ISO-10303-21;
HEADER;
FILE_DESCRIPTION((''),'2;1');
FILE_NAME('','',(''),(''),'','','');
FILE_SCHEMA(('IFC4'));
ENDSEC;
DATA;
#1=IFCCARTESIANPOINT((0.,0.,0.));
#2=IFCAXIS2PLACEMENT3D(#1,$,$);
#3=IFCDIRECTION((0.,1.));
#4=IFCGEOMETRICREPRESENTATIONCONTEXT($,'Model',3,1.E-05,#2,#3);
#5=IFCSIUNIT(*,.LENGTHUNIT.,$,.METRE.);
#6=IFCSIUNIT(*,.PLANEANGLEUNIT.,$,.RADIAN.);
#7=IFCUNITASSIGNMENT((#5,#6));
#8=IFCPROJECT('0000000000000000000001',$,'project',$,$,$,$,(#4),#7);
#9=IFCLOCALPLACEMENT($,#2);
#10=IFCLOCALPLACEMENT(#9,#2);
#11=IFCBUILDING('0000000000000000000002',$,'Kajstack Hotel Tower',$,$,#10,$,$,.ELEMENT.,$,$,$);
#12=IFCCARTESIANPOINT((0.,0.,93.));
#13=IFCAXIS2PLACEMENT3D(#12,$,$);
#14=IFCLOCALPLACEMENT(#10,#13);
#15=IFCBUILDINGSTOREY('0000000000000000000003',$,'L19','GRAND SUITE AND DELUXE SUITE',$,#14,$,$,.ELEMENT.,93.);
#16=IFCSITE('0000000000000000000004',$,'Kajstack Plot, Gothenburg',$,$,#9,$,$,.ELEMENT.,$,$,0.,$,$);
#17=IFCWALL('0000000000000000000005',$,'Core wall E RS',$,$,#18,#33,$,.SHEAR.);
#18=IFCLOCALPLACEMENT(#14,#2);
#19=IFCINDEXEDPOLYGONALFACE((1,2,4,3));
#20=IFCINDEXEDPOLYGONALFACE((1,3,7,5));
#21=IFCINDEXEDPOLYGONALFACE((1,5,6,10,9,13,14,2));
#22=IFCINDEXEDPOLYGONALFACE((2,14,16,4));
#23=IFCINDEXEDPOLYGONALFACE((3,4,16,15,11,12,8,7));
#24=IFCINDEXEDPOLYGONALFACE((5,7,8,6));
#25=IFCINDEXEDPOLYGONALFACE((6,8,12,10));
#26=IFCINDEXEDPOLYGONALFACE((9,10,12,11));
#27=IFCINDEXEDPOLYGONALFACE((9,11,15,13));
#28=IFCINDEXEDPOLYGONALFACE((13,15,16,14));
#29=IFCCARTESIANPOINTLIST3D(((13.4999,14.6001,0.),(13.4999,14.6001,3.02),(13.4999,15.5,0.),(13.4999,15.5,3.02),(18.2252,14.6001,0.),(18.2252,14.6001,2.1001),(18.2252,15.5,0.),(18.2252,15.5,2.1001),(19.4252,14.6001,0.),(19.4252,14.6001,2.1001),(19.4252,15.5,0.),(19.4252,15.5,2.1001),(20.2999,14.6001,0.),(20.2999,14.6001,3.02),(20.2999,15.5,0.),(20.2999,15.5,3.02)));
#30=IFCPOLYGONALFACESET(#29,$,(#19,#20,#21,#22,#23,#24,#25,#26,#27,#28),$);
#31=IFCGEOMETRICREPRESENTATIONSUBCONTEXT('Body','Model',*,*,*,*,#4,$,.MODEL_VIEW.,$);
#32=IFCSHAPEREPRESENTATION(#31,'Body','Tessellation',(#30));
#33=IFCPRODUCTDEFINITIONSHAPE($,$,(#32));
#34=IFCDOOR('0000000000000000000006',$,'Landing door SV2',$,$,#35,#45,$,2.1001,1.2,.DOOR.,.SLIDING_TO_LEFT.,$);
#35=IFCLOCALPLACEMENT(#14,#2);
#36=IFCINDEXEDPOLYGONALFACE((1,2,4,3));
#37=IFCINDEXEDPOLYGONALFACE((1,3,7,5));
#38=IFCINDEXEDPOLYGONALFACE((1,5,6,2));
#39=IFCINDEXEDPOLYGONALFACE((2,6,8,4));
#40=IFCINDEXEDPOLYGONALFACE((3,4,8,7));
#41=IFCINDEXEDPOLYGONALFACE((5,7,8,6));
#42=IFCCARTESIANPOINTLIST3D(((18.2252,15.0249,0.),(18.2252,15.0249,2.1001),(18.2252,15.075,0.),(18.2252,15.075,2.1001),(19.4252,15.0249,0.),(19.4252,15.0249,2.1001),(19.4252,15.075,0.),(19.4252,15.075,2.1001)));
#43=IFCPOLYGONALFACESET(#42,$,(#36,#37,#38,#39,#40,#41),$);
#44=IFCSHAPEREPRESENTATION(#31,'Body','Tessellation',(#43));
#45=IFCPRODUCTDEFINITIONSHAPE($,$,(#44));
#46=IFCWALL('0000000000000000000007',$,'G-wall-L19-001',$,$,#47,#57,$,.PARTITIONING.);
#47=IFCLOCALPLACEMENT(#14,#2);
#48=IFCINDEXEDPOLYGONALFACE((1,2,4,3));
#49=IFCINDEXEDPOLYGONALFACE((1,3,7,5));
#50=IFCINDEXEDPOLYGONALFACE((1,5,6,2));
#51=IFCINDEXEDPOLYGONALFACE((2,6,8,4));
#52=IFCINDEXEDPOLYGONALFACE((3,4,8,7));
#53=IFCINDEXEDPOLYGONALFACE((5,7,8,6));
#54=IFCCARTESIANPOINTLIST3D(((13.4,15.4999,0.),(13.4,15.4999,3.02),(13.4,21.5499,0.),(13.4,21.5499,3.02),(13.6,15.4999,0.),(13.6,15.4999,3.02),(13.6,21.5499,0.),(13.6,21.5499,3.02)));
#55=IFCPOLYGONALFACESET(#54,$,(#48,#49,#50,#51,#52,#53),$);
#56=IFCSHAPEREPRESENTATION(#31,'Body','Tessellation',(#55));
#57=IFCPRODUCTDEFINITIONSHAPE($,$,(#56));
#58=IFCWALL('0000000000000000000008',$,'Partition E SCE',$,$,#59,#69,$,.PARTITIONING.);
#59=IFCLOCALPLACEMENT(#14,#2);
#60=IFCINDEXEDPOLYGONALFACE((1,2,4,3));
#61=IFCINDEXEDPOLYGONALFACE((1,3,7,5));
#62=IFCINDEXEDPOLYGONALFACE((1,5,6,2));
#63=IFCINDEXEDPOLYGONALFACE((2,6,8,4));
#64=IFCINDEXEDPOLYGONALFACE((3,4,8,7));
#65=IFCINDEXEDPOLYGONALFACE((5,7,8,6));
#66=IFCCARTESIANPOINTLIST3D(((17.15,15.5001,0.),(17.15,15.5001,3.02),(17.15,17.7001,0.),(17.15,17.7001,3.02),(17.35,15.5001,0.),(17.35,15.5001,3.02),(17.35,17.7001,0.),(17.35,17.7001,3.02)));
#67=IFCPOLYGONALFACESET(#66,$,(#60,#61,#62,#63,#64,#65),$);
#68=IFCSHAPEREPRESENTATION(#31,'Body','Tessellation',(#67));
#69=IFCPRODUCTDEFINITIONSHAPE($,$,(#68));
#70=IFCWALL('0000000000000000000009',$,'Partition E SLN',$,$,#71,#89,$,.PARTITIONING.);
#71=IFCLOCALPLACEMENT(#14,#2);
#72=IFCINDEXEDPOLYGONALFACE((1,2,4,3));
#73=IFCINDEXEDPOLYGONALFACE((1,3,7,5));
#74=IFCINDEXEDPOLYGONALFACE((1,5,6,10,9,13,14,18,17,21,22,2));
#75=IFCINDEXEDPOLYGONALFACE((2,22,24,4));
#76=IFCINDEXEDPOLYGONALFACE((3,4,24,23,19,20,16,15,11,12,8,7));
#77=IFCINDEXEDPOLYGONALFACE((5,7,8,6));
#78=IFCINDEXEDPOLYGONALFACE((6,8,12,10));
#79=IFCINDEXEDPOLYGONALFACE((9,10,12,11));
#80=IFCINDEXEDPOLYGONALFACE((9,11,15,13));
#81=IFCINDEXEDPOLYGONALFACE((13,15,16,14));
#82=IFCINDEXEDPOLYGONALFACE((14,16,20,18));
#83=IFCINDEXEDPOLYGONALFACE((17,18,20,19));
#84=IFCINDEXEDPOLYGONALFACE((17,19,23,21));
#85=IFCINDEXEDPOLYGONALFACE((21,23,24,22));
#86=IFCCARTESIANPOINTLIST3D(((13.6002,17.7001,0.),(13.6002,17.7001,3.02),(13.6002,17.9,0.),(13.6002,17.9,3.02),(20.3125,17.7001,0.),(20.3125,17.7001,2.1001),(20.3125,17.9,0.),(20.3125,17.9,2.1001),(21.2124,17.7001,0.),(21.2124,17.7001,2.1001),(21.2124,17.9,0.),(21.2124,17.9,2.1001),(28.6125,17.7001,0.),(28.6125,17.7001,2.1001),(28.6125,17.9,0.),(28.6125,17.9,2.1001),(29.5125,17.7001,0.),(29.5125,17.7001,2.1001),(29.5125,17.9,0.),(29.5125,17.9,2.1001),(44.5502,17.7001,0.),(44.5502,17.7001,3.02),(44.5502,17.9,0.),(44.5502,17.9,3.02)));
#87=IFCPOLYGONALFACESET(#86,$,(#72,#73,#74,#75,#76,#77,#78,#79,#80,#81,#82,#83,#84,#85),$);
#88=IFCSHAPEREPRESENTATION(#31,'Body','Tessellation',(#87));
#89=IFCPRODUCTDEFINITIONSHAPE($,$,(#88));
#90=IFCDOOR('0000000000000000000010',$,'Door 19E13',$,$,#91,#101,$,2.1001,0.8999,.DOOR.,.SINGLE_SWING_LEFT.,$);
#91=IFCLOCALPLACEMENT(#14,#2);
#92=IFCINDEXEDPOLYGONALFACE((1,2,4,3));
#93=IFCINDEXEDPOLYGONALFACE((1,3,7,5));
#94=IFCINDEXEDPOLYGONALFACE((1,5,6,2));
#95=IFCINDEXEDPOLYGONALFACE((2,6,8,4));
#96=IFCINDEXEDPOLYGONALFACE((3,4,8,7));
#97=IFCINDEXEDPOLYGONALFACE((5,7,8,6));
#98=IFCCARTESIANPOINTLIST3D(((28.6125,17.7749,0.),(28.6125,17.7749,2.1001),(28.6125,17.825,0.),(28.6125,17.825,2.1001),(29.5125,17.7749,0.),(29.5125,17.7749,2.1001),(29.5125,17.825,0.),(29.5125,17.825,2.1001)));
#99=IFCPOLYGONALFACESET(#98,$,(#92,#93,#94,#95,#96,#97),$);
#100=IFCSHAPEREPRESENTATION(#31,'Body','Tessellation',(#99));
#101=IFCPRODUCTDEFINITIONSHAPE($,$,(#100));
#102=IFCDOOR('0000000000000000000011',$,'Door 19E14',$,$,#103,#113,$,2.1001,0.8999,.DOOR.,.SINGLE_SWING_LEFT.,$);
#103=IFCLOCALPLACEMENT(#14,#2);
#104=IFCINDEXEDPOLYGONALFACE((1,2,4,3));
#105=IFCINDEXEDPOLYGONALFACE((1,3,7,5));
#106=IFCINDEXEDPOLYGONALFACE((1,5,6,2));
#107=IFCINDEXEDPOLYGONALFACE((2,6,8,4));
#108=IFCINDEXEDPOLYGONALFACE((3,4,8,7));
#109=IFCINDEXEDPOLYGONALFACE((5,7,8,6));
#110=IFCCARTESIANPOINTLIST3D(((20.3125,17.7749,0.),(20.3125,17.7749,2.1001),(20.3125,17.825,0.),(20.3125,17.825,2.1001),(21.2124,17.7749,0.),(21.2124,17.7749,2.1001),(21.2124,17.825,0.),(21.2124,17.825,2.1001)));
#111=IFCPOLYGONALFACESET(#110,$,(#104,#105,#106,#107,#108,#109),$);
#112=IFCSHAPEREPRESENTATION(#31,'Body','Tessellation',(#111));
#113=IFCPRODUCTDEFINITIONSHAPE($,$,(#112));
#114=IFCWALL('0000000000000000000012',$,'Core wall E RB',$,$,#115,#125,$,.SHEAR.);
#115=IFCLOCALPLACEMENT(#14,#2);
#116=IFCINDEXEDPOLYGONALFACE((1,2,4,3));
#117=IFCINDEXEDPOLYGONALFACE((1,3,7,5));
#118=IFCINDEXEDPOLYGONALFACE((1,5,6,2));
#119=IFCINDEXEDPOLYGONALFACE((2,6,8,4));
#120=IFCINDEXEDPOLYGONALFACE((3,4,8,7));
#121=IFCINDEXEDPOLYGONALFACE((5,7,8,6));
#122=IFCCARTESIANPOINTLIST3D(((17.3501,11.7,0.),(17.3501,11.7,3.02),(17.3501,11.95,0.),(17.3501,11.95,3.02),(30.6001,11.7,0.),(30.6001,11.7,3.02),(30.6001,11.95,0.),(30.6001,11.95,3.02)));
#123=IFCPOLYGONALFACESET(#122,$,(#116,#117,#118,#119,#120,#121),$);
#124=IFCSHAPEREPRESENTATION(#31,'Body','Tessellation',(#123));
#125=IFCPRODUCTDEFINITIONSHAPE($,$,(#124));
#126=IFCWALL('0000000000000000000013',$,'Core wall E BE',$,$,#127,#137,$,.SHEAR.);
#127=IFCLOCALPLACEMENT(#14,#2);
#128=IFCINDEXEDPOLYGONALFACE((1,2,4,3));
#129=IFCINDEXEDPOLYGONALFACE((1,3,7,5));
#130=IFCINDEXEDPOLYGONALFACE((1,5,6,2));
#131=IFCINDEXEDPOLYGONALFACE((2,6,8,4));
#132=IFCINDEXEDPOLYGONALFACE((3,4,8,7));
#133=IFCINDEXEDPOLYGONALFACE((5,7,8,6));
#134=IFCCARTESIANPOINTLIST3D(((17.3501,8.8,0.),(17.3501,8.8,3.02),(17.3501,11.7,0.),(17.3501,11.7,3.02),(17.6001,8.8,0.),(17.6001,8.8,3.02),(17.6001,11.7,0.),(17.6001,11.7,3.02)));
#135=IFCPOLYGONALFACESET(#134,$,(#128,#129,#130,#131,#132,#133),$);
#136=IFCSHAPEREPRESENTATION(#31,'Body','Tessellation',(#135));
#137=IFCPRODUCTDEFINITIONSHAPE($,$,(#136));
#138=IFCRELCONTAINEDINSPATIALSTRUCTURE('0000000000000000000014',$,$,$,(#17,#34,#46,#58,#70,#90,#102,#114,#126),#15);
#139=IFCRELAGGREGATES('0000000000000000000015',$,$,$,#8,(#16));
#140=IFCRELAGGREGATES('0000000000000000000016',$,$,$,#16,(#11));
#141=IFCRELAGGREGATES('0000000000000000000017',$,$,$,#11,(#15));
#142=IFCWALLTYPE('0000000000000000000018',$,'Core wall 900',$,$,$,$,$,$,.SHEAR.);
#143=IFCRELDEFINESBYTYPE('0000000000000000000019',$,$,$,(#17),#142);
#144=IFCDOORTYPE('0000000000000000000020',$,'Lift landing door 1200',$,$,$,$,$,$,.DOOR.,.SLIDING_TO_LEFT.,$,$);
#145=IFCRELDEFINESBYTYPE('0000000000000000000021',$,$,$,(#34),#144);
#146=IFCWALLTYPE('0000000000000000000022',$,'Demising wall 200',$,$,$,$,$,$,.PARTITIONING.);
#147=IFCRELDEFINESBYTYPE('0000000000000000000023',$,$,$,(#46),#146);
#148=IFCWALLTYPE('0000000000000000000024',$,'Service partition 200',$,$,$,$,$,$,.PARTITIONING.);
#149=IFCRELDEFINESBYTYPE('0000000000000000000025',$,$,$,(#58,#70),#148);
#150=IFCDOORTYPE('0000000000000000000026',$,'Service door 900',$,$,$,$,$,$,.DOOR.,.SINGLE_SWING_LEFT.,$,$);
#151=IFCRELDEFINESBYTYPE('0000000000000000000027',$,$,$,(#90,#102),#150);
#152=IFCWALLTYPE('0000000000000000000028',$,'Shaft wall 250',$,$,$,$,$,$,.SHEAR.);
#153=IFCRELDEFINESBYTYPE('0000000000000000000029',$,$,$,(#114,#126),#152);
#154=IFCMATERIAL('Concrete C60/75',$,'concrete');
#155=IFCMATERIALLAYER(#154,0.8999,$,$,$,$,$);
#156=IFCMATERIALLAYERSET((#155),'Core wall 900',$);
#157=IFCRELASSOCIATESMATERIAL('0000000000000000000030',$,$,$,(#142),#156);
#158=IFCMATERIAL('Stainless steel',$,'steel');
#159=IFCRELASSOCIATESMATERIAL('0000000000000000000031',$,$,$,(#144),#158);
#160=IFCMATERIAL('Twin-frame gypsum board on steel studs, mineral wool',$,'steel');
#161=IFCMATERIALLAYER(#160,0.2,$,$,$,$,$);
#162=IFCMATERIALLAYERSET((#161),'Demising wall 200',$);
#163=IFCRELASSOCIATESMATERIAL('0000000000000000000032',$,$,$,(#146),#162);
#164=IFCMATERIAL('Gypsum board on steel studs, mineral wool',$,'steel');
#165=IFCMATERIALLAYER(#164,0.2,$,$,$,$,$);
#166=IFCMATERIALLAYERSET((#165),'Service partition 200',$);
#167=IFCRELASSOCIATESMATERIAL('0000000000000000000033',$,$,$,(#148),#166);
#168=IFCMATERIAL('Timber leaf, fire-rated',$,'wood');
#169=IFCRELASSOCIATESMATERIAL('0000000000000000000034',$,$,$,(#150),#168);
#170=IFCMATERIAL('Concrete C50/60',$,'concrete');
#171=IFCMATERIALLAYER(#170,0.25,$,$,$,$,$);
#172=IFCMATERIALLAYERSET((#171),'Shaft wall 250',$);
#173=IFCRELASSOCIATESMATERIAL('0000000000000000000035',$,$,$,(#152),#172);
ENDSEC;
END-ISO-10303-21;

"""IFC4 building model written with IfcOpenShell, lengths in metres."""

from ifc_helpers import new_model, si_unit, direction, frame, frame_2d, origin, place, context, subcontext, project, spatial, rectangle, extrude, material, layer, layer_set, type_object, element, fill, save


model = new_model("IFC4")

# Units and contexts
model_context = context("Model", 3, precision=1e-05, world=origin(), true_north=direction((0.0, 1.0)))
body_context = subcontext(model_context, "Body", "Model", "MODEL_VIEW")
ifc_project = project(units=[si_unit("LENGTHUNIT", "METRE"), si_unit("PLANEANGLEUNIT", "RADIAN")], contexts=[model_context])

# Site, building, storey
site_placement = place(None, origin())
site = spatial("IfcSite", under=ifc_project, at=site_placement, Name="Kajstack Plot, Gothenburg", CompositionType="ELEMENT", RefElevation=0.0)
building_placement = place(site_placement, origin())
building = spatial("IfcBuilding", under=site, at=building_placement, Name="Kajstack Hotel Tower", CompositionType="ELEMENT")
storey_placement = place(building_placement, frame((0.0, 0.0, 93.0)))
storey = spatial("IfcBuildingStorey", under=building, at=storey_placement, Name="L19", Description="GRAND SUITE AND DELUXE SUITE", CompositionType="ELEMENT", Elevation=93.0)

# Wall, opening, door
ifc_material_1 = material(Name="Concrete C60/75", Category="concrete")
ifc_layer_1 = layer(ifc_material_1, 0.8999)
ifc_layer_set_1 = layer_set([ifc_layer_1], Name="Core wall 900")
wall_type_1 = type_object("IfcWallType", Name="Core wall 900", PredefinedType="SHEAR", material=ifc_layer_set_1)
wall_1_placement = place(storey_placement, frame((13.5, 15.05, 0.0), z_axis=(0.0, 0.0, 1.0), x_axis=(1.0, 0.0, 0.0)))
wall_1 = element("IfcWall", 1, at=wall_1_placement, inside=storey, type_object=wall_type_1, Name="Core wall E RS", PredefinedType="SHEAR", context=body_context, shape_type="SweptSolid", body=[
    extrude(rectangle(XDim=6.8, YDim=0.8999, at=frame_2d((3.3999, 0.0))), origin(), (0.0, 0.0, 1.0), 3.02),
])
opening_1_placement = place(wall_1_placement, frame((4.7251, 0.0, 0.0)))
opening_1 = element("IfcOpeningElement", 2, at=opening_1_placement, cuts=wall_1, PredefinedType="OPENING", context=body_context, shape_type="SweptSolid", body=[
    extrude(rectangle(XDim=1.2, YDim=2.1001, at=frame_2d((0.6001, 1.05))), frame((0.0, 0.46, 0.0), z_axis=(0.0, -1.0, 0.0), x_axis=(1.0, 0.0, 0.0)), (0.0, 0.0, 1.0), 0.9199),
])
ifc_material_2 = material(Name="Stainless steel", Category="steel")
door_type_1 = type_object("IfcDoorType", Name="Lift landing door 1200", OperationType="SLIDING_TO_LEFT", PredefinedType="DOOR", material=ifc_material_2)
door_1_placement = place(opening_1_placement, origin())
door_1 = element("IfcDoor", 3, at=door_1_placement, inside=storey, type_object=door_type_1, Name="Landing door SV2", OperationType="SLIDING_TO_LEFT", OverallHeight=2.1001, OverallWidth=1.2, PredefinedType="DOOR", context=body_context, shape_type="SweptSolid", body=[
    extrude(rectangle(XDim=1.2, YDim=2.1001, at=frame_2d((0.6001, 1.05))), frame((0.0, 0.0249, 0.0), z_axis=(0.0, -1.0, 0.0), x_axis=(1.0, 0.0, 0.0)), (0.0, 0.0, 1.0), 0.05),
])
fill(opening_1, door_1)

# Wall
ifc_material_3 = material(Name="Twin-frame gypsum board on steel studs, mineral wool", Category="steel")
ifc_layer_2 = layer(ifc_material_3, 0.2)
ifc_layer_set_2 = layer_set([ifc_layer_2], Name="Demising wall 200")
wall_type_2 = type_object("IfcWallType", Name="Demising wall 200", PredefinedType="PARTITIONING", material=ifc_layer_set_2)
wall_2_placement = place(storey_placement, frame((13.5, 15.5, 0.0), z_axis=(0.0, 0.0, 1.0), x_axis=(0.0, 1.0, 0.0)))
element("IfcWall", 4, at=wall_2_placement, inside=storey, type_object=wall_type_2, Name="G-wall-L19-001", PredefinedType="PARTITIONING", context=body_context, shape_type="SweptSolid", body=[
    extrude(rectangle(XDim=6.05, YDim=0.2, at=frame_2d((3.0249, 0.0))), origin(), (0.0, 0.0, 1.0), 3.02),
])

# Wall
ifc_material_4 = material(Name="Gypsum board on steel studs, mineral wool", Category="steel")
ifc_layer_3 = layer(ifc_material_4, 0.2)
ifc_layer_set_3 = layer_set([ifc_layer_3], Name="Service partition 200")
wall_type_3 = type_object("IfcWallType", Name="Service partition 200", PredefinedType="PARTITIONING", material=ifc_layer_set_3)
wall_3_placement = place(storey_placement, frame((17.25, 15.5, 0.0), z_axis=(0.0, 0.0, 1.0), x_axis=(0.0, 1.0, 0.0)))
element("IfcWall", 5, at=wall_3_placement, inside=storey, type_object=wall_type_3, Name="Partition E SCE", PredefinedType="PARTITIONING", context=body_context, shape_type="SweptSolid", body=[
    extrude(rectangle(XDim=2.2, YDim=0.2, at=frame_2d((1.1001, 0.0))), origin(), (0.0, 0.0, 1.0), 3.02),
])

# Wall, openings, doors
wall_4_placement = place(storey_placement, frame((13.6001, 17.8, 0.0), z_axis=(0.0, 0.0, 1.0), x_axis=(1.0, 0.0, 0.0)))
wall_4 = element("IfcWall", 6, at=wall_4_placement, inside=storey, type_object=wall_type_3, Name="Partition E SLN", PredefinedType="PARTITIONING", context=body_context, shape_type="SweptSolid", body=[
    extrude(rectangle(XDim=30.95, YDim=0.2, at=frame_2d((15.4751, 0.0))), origin(), (0.0, 0.0, 1.0), 3.02),
])
opening_2_placement = place(wall_4_placement, frame((15.0125, 0.0, 0.0)))
opening_2 = element("IfcOpeningElement", 7, at=opening_2_placement, cuts=wall_4, PredefinedType="OPENING", context=body_context, shape_type="SweptSolid", body=[
    extrude(rectangle(XDim=0.8999, YDim=2.1001, at=frame_2d((0.45, 1.05))), frame((0.0, 0.1099, 0.0), z_axis=(0.0, -1.0, 0.0), x_axis=(1.0, 0.0, 0.0)), (0.0, 0.0, 1.0), 0.22),
])
opening_3_placement = place(wall_4_placement, frame((6.7124, 0.0, 0.0)))
opening_3 = element("IfcOpeningElement", 8, at=opening_3_placement, cuts=wall_4, PredefinedType="OPENING", context=body_context, shape_type="SweptSolid", body=[
    extrude(rectangle(XDim=0.8999, YDim=2.1001, at=frame_2d((0.45, 1.05))), frame((0.0, 0.1099, 0.0), z_axis=(0.0, -1.0, 0.0), x_axis=(1.0, 0.0, 0.0)), (0.0, 0.0, 1.0), 0.22),
])
ifc_material_5 = material(Name="Timber leaf, fire-rated", Category="wood")
door_type_2 = type_object("IfcDoorType", Name="Service door 900", OperationType="SINGLE_SWING_LEFT", PredefinedType="DOOR", material=ifc_material_5)
door_2_placement = place(opening_2_placement, origin())
door_2 = element("IfcDoor", 9, at=door_2_placement, inside=storey, type_object=door_type_2, Name="Door 19E13", OperationType="SINGLE_SWING_LEFT", OverallHeight=2.1001, OverallWidth=0.8999, PredefinedType="DOOR", context=body_context, shape_type="SweptSolid", body=[
    extrude(rectangle(XDim=0.8999, YDim=2.1001, at=frame_2d((0.45, 1.05))), frame((0.0, 0.0249, 0.0), z_axis=(0.0, -1.0, 0.0), x_axis=(1.0, 0.0, 0.0)), (0.0, 0.0, 1.0), 0.05),
])
fill(opening_2, door_2)
door_3_placement = place(opening_3_placement, origin())
door_3 = element("IfcDoor", 10, at=door_3_placement, inside=storey, type_object=door_type_2, Name="Door 19E14", OperationType="SINGLE_SWING_LEFT", OverallHeight=2.1001, OverallWidth=0.8999, PredefinedType="DOOR", context=body_context, shape_type="SweptSolid", body=[
    extrude(rectangle(XDim=0.8999, YDim=2.1001, at=frame_2d((0.45, 1.05))), frame((0.0, 0.0249, 0.0), z_axis=(0.0, -1.0, 0.0), x_axis=(1.0, 0.0, 0.0)), (0.0, 0.0, 1.0), 0.05),
])
fill(opening_3, door_3)

# Walls
ifc_material_6 = material(Name="Concrete C50/60", Category="concrete")
ifc_layer_4 = layer(ifc_material_6, 0.25)
ifc_layer_set_4 = layer_set([ifc_layer_4], Name="Shaft wall 250")
wall_type_4 = type_object("IfcWallType", Name="Shaft wall 250", PredefinedType="SHEAR", material=ifc_layer_set_4)
wall_5_placement = place(storey_placement, frame((17.3501, 11.825, 0.0), z_axis=(0.0, 0.0, 1.0), x_axis=(1.0, 0.0, 0.0)))
element("IfcWall", 11, at=wall_5_placement, inside=storey, type_object=wall_type_4, Name="Core wall E RB", PredefinedType="SHEAR", context=body_context, shape_type="SweptSolid", body=[
    extrude(rectangle(XDim=13.25, YDim=0.25, at=frame_2d((6.625, 0.0))), origin(), (0.0, 0.0, 1.0), 3.02),
])
wall_6_placement = place(storey_placement, frame((17.4751, 8.8, 0.0), z_axis=(0.0, 0.0, 1.0), x_axis=(0.0, 1.0, 0.0)))
element("IfcWall", 12, at=wall_6_placement, inside=storey, type_object=wall_type_4, Name="Core wall E BE", PredefinedType="SHEAR", context=body_context, shape_type="SweptSolid", body=[
    extrude(rectangle(XDim=2.8999, YDim=0.25, at=frame_2d((1.45, 0.0))), origin(), (0.0, 0.0, 1.0), 3.02),
])

save(model, "model.ifc")
